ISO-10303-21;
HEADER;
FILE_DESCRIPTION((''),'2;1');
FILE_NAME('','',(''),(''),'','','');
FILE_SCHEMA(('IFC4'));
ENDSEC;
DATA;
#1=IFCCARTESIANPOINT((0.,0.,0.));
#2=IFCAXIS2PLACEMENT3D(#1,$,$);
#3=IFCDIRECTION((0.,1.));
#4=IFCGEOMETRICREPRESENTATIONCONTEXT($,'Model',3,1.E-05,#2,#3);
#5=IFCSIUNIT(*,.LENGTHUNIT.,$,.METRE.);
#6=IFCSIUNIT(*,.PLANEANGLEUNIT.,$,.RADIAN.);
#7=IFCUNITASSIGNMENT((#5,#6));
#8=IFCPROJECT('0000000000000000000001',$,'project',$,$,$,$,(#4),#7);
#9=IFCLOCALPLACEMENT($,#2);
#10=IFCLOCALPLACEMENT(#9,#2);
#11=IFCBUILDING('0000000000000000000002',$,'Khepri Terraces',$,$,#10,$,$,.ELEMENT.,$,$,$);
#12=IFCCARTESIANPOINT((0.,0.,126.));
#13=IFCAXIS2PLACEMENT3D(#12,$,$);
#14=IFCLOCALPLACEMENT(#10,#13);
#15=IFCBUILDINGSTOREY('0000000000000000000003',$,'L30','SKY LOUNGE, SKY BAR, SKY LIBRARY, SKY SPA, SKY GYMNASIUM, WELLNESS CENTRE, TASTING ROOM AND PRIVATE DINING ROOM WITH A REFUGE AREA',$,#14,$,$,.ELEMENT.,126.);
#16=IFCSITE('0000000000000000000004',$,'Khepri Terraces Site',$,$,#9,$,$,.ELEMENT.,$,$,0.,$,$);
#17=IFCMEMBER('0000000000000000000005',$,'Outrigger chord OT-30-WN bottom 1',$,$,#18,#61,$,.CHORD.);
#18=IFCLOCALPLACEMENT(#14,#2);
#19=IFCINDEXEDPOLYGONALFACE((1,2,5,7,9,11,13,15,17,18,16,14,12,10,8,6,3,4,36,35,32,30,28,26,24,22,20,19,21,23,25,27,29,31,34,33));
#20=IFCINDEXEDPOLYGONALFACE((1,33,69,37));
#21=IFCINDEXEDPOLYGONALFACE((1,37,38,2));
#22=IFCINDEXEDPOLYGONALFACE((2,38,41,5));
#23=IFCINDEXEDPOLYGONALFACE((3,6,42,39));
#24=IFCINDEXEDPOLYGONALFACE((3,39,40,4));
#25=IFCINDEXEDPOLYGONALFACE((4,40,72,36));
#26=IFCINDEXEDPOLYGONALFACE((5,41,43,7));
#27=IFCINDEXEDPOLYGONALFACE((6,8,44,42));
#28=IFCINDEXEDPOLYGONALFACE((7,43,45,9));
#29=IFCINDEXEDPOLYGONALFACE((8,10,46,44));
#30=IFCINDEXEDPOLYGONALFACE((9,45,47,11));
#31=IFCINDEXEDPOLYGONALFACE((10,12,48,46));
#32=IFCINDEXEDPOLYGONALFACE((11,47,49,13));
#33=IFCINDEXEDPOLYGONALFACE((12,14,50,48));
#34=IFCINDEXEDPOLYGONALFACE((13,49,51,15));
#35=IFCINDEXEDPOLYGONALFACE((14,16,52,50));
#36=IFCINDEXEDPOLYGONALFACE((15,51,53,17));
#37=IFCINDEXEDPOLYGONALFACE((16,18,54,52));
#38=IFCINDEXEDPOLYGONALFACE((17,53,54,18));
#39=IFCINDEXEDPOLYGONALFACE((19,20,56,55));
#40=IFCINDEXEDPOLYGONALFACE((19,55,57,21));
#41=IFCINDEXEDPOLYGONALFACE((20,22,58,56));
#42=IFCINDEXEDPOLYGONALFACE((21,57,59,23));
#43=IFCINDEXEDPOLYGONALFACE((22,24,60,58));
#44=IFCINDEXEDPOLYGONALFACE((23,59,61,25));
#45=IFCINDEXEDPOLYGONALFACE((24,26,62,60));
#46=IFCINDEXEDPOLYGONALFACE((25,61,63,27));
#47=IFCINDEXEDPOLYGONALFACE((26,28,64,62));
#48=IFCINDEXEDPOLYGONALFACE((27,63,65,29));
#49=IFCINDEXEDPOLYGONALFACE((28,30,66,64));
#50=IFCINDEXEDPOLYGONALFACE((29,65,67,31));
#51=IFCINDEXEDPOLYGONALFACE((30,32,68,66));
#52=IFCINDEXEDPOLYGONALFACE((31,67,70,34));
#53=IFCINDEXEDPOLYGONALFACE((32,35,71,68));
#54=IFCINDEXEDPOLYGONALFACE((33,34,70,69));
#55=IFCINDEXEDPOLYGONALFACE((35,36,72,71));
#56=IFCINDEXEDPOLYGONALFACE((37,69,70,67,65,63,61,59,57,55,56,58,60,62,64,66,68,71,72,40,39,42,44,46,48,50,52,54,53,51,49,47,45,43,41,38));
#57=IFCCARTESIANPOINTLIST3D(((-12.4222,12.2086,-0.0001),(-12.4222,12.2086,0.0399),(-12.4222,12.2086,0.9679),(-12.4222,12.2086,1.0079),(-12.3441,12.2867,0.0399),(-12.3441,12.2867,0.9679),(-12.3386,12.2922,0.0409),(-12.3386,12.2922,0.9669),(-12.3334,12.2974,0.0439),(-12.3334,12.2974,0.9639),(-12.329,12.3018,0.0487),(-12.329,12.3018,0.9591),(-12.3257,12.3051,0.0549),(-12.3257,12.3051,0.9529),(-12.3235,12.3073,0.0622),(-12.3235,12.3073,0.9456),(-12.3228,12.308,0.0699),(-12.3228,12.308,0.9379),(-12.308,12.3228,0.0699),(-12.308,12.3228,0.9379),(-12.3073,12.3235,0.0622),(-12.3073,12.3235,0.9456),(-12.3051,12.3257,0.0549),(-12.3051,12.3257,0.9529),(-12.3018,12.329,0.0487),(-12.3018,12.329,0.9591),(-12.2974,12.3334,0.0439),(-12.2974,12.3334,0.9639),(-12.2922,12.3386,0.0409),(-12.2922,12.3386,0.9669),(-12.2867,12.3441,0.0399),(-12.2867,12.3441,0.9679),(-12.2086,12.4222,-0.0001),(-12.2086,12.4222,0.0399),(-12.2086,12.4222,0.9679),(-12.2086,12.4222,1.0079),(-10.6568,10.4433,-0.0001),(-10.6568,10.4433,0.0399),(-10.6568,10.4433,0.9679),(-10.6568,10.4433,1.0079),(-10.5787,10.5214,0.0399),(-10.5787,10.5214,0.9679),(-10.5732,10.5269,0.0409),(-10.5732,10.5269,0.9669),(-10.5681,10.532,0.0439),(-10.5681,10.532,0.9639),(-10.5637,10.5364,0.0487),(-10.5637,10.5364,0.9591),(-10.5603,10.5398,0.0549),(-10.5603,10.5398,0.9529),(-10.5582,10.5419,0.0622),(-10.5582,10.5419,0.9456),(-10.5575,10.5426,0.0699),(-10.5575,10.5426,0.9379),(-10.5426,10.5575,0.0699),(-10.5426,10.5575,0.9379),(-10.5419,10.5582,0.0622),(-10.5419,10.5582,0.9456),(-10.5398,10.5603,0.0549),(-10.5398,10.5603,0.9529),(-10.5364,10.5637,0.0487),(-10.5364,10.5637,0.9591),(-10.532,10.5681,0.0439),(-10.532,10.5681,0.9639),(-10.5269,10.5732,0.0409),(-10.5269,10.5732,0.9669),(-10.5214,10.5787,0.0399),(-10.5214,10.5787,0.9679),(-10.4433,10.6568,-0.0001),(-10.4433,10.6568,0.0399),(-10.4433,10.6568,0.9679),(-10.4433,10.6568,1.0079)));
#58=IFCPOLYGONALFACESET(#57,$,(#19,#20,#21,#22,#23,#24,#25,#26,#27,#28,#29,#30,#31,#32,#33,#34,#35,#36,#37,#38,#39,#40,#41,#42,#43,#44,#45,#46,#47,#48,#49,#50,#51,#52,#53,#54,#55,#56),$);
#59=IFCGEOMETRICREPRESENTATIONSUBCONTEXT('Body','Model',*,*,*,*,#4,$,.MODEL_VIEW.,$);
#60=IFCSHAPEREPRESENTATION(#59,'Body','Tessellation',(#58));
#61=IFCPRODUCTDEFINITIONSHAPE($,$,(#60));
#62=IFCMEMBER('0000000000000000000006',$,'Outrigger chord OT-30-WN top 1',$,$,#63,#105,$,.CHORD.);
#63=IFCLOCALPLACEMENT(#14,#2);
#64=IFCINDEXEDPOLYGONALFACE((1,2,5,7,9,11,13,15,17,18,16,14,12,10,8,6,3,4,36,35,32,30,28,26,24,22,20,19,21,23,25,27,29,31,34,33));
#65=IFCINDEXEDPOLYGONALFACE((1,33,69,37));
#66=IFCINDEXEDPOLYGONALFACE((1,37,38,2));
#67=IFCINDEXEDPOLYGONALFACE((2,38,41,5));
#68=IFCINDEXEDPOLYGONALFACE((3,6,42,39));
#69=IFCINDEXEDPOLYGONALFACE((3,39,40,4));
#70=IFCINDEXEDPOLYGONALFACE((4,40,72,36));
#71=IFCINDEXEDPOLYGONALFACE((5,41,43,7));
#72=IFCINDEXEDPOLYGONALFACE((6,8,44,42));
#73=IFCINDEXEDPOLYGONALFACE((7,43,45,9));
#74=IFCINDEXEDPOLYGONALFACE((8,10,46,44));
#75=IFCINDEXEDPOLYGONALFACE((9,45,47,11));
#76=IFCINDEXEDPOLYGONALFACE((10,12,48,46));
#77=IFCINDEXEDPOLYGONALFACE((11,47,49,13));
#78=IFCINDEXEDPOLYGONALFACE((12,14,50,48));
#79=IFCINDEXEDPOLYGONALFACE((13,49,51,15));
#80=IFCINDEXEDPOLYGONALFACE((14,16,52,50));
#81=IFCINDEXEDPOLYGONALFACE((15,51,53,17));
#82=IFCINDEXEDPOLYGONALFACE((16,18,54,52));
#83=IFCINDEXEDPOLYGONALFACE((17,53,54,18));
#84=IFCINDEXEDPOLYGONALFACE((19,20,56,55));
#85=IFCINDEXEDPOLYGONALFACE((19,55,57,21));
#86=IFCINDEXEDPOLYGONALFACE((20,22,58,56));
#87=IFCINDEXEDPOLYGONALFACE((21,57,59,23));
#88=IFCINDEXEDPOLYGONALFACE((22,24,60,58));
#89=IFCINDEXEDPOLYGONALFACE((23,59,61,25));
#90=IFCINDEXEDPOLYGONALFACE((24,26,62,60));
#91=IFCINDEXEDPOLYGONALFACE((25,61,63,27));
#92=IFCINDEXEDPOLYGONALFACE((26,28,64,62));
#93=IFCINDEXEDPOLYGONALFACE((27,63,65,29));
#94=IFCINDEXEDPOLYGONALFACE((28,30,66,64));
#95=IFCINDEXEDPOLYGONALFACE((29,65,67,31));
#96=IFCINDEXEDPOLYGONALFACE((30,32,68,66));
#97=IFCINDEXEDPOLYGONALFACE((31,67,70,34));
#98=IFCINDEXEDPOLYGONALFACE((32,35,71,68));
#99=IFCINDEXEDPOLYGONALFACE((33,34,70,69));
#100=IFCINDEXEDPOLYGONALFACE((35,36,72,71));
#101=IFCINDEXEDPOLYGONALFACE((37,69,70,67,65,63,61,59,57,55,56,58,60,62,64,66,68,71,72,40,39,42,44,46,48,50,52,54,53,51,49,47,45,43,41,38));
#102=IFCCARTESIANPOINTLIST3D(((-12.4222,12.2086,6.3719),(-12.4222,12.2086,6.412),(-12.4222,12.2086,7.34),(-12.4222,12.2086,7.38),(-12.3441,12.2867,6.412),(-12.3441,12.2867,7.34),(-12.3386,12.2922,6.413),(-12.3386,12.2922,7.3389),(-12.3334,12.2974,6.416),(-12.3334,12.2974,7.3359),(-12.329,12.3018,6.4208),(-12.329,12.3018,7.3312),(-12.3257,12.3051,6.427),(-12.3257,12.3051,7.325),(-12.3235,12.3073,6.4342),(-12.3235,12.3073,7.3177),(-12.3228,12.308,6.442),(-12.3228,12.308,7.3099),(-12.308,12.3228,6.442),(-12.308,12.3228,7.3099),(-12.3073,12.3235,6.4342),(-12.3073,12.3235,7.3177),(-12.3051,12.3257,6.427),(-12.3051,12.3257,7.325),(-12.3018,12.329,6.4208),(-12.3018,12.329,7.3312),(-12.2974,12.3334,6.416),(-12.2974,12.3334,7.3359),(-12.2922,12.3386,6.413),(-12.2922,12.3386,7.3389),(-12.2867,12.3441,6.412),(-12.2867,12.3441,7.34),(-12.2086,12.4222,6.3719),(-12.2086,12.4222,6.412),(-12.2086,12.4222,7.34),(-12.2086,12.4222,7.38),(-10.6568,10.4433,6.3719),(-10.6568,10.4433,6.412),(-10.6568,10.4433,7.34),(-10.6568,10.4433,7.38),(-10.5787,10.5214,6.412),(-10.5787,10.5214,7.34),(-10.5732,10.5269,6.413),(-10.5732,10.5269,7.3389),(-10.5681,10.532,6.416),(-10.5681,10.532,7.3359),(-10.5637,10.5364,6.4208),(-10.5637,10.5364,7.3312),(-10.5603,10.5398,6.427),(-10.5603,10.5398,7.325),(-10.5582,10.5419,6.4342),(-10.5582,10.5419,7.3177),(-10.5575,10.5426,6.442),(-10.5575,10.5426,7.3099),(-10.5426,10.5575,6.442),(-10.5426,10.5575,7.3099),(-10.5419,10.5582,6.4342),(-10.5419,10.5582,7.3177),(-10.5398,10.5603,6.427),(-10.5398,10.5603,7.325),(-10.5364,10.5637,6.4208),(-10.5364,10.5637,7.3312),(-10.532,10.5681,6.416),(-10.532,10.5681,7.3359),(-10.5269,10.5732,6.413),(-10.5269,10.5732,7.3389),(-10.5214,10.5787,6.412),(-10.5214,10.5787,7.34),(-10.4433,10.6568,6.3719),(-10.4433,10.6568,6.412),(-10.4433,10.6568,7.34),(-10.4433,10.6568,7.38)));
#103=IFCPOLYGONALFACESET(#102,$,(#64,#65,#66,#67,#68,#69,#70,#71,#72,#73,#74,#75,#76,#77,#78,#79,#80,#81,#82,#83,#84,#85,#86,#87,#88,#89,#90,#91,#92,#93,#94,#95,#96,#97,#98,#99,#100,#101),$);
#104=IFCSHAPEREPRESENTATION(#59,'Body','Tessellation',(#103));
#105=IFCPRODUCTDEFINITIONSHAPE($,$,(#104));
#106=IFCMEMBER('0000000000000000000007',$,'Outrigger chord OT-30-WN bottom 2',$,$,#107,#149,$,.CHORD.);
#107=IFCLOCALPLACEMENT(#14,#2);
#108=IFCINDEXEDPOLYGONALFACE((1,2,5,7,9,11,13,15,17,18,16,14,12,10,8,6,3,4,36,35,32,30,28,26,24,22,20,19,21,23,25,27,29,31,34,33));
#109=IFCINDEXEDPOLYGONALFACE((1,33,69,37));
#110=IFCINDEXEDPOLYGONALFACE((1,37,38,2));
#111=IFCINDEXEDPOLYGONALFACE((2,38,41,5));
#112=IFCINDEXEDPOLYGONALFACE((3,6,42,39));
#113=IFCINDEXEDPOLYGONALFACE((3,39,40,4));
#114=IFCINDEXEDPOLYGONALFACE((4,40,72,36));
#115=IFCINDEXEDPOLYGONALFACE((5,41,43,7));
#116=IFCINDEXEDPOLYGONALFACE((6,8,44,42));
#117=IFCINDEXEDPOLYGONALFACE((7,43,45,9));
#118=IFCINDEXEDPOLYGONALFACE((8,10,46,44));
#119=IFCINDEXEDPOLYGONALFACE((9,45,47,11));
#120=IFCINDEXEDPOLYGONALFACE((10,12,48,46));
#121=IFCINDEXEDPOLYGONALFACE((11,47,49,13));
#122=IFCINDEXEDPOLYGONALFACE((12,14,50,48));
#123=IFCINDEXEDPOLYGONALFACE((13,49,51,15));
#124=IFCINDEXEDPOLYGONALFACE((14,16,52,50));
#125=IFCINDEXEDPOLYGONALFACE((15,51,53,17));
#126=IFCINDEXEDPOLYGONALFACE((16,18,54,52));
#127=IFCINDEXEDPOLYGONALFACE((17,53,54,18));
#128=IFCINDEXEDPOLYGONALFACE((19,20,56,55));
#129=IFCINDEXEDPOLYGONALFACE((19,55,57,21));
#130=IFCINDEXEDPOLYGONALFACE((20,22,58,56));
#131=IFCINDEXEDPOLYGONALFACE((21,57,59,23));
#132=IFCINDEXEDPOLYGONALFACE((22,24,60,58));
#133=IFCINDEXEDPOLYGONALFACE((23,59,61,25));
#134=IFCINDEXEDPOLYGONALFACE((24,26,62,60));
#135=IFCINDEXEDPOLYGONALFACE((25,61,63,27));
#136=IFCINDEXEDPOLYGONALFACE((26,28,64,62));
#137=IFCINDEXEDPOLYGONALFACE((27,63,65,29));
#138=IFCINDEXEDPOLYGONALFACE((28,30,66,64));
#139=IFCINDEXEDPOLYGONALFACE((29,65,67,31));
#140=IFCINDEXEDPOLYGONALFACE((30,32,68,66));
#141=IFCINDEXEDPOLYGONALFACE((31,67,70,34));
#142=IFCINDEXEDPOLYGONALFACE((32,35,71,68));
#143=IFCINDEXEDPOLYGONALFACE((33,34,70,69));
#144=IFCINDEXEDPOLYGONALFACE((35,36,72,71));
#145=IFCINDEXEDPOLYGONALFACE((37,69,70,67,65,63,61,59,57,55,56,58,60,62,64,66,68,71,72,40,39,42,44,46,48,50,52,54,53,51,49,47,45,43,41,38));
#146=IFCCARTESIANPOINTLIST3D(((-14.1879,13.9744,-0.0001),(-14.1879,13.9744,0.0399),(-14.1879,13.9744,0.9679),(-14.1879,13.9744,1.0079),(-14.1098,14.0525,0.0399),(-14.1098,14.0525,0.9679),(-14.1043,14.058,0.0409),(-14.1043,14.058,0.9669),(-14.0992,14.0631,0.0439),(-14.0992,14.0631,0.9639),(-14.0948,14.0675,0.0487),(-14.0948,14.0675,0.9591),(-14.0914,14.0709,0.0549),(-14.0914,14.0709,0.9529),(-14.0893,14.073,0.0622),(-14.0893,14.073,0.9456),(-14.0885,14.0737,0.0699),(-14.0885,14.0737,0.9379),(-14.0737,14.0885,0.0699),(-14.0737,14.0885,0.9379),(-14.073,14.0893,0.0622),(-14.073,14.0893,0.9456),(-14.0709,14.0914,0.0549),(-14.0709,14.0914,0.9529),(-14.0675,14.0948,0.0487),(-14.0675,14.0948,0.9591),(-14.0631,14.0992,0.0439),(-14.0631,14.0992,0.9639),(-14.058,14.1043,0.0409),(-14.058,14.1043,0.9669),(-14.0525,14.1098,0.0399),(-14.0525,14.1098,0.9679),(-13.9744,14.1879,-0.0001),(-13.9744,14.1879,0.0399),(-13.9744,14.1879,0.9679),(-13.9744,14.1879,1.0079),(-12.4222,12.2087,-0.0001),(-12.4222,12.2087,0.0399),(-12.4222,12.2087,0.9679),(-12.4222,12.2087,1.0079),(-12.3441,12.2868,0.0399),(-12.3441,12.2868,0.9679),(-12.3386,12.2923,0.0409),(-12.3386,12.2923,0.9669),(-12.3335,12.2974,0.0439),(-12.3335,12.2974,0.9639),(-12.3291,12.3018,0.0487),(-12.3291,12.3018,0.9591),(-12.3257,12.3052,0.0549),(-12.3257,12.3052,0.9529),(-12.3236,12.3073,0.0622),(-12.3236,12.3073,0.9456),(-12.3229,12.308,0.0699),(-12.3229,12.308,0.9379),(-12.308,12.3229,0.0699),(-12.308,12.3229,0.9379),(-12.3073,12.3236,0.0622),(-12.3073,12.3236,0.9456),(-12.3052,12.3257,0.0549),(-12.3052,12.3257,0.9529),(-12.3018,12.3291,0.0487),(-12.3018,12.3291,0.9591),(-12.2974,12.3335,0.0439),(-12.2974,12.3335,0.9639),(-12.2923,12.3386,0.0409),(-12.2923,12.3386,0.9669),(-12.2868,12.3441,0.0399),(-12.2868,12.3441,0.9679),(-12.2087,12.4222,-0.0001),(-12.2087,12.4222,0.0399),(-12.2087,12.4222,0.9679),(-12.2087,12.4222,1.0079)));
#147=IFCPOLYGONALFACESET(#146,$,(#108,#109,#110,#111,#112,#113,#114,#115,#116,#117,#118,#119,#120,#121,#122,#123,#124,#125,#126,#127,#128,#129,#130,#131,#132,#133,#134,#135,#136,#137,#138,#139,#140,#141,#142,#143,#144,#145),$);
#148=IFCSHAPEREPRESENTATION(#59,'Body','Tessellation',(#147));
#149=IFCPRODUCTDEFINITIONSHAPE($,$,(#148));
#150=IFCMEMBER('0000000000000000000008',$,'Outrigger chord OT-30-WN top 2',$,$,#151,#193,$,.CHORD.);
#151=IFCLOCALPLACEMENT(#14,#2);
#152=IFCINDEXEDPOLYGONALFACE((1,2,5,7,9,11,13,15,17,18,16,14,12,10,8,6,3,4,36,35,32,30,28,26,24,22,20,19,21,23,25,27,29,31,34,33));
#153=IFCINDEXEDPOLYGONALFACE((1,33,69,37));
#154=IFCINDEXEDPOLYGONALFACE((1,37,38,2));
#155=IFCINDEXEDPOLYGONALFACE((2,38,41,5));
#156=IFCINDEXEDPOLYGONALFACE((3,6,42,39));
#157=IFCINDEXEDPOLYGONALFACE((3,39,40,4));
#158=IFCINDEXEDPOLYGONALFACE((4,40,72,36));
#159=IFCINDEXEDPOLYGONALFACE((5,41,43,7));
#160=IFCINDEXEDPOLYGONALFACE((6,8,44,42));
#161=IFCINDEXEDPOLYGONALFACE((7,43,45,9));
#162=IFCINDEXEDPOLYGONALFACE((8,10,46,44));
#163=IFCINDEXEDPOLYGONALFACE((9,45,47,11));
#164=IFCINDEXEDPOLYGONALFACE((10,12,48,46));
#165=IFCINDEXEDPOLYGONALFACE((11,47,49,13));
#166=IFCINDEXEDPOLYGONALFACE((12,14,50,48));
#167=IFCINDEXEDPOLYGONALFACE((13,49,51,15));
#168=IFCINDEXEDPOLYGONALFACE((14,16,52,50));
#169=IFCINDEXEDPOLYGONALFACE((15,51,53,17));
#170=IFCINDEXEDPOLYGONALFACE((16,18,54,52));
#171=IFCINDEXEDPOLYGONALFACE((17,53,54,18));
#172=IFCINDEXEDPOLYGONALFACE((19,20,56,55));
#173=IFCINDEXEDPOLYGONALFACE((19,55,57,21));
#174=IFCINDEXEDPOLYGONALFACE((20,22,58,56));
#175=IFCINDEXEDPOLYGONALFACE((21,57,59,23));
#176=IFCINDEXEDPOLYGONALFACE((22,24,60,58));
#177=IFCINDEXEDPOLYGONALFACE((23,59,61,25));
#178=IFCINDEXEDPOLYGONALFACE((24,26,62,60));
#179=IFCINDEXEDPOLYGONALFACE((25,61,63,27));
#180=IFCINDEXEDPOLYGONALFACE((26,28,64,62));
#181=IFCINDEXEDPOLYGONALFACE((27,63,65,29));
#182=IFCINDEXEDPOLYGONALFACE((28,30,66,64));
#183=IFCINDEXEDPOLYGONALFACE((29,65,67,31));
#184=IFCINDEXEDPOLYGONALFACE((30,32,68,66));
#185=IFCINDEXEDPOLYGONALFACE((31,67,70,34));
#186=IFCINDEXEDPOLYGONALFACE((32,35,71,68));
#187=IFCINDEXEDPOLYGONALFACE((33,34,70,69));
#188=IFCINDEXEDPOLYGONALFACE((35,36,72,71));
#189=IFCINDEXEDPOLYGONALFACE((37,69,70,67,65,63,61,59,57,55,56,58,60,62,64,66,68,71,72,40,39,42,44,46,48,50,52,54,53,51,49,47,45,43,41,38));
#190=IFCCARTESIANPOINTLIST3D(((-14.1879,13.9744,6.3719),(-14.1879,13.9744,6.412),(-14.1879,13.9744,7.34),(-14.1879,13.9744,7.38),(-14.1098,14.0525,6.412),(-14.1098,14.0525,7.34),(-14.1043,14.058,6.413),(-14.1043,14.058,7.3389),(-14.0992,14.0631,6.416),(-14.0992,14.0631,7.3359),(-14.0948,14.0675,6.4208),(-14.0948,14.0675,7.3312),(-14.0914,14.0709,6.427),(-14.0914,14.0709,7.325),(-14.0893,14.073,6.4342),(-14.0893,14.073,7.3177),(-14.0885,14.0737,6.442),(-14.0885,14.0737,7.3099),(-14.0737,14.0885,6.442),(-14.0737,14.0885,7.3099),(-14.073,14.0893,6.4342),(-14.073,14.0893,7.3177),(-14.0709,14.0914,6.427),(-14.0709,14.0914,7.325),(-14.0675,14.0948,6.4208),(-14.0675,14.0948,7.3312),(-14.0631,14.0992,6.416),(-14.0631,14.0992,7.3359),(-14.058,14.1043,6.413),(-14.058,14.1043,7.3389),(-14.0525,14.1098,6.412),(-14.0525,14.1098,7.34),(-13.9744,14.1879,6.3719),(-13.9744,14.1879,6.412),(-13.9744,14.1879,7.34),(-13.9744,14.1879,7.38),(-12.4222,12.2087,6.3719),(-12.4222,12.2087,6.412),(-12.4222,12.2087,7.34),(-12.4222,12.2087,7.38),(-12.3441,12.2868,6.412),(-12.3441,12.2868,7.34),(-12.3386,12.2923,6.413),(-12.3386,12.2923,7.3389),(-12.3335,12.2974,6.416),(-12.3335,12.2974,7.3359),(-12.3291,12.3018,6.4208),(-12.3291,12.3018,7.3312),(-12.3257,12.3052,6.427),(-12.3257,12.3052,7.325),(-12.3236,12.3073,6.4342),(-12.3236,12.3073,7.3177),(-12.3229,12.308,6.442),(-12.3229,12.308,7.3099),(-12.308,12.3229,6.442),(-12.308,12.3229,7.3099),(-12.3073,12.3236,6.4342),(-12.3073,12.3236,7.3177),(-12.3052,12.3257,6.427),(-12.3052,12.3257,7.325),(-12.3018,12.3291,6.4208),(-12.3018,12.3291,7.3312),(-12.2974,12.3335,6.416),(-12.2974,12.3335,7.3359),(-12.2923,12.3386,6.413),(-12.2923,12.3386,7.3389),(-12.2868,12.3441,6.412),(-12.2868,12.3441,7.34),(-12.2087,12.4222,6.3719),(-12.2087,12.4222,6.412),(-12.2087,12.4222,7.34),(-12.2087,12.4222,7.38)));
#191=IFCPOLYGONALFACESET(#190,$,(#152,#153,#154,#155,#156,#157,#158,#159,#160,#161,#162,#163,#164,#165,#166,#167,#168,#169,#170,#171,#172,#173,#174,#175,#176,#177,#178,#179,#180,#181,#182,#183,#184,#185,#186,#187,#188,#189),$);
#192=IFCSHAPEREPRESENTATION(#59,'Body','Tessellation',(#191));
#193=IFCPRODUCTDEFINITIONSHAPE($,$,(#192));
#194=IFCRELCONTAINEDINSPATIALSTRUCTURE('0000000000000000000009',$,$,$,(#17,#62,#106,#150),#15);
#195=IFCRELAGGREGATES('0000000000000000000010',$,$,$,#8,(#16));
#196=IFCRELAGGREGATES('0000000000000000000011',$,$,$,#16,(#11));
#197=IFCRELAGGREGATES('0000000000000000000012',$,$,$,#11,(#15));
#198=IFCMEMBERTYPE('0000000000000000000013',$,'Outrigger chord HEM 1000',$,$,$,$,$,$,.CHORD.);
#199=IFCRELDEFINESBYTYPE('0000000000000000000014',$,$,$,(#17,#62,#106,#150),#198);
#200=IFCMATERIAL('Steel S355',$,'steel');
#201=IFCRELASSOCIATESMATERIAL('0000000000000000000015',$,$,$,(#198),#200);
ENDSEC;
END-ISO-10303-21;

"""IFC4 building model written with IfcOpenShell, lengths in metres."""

from ifc_helpers import new_model, si_unit, direction, frame, origin, origin_2d, place, context, subcontext, project, spatial, i_section, extrude, material, material_profile, profile_set, type_object, element, save


model = new_model("IFC4")

# Units and contexts
model_context = context("Model", 3, precision=1e-05, world=origin(), true_north=direction((0.0, 1.0)))
body_context = subcontext(model_context, "Body", "Model", "MODEL_VIEW")
ifc_project = project(units=[si_unit("LENGTHUNIT", "METRE"), si_unit("PLANEANGLEUNIT", "RADIAN")], contexts=[model_context])

# Site, building, storey
site_placement = place(None, origin())
site = spatial("IfcSite", under=ifc_project, at=site_placement, Name="Khepri Terraces Site", CompositionType="ELEMENT", RefElevation=0.0)
building_placement = place(site_placement, origin())
building = spatial("IfcBuilding", under=site, at=building_placement, Name="Khepri Terraces", CompositionType="ELEMENT")
storey_placement = place(building_placement, frame((0.0, 0.0, 126.0)))
storey = spatial("IfcBuildingStorey", under=building, at=storey_placement, Name="L30", Description="SKY LOUNGE, SKY BAR, SKY LIBRARY, SKY SPA, SKY GYMNASIUM, WELLNESS CENTRE, TASTING ROOM AND PRIVATE DINING ROOM WITH A REFUGE AREA", CompositionType="ELEMENT", Elevation=126.0)

# Members
ifc_material_1 = material(Name="Steel S355", Category="steel")
ifc_material_profile_1 = material_profile(ifc_material_1, i_section(OverallWidth=0.302, OverallDepth=1.0081, WebThickness=0.021, FlangeThickness=0.04, FilletRadius=0.03, at=origin_2d()), Name="Steel S355", Category="steel")
ifc_profile_set_1 = profile_set([ifc_material_profile_1], Name="Steel S355")
member_type_1 = type_object("IfcMemberType", Name="Outrigger chord HEM 1000", PredefinedType="CHORD", material=ifc_profile_set_1)
for number, where, z_axis, x_axis, name in (
    (1, (-10.55, 10.55, 0.5039), (-0.707107, 0.707107, 0.0), (-0.707107, -0.707107, 0.0), "Outrigger chord OT-30-WN bottom 1"),
    (2, (-10.55, 10.55, 6.876), (-0.707107, 0.707107, 0.0), (-0.707107, -0.707107, 0.0), "Outrigger chord OT-30-WN top 1"),
):
    element("IfcMember", number, at=place(storey_placement, frame(where, z_axis=z_axis, x_axis=x_axis)), inside=storey, type_object=member_type_1, Name=name, PredefinedType="CHORD", context=body_context, shape_type="SweptSolid", body=[
        extrude(i_section(OverallWidth=0.302, OverallDepth=1.0081, WebThickness=0.021, FlangeThickness=0.04, FilletRadius=0.03, at=origin_2d()), origin(), (0.0, 0.0, 1.0), 2.4966),
    ])
for number, where, z_axis, x_axis, name in (
    (3, (-12.3154, 12.3154, 0.5039), (-0.707107, 0.707107, 0.0), (-0.707107, -0.707107, 0.0), "Outrigger chord OT-30-WN bottom 2"),
    (4, (-12.3154, 12.3154, 6.876), (-0.707107, 0.707107, 0.0), (-0.707107, -0.707107, 0.0), "Outrigger chord OT-30-WN top 2"),
):
    element("IfcMember", number, at=place(storey_placement, frame(where, z_axis=z_axis, x_axis=x_axis)), inside=storey, type_object=member_type_1, Name=name, PredefinedType="CHORD", context=body_context, shape_type="SweptSolid", body=[
        extrude(i_section(OverallWidth=0.302, OverallDepth=1.0081, WebThickness=0.021, FlangeThickness=0.04, FilletRadius=0.03, at=origin_2d()), origin(), (0.0, 0.0, 1.0), 2.4971),
    ])

save(model, "model.ifc")
